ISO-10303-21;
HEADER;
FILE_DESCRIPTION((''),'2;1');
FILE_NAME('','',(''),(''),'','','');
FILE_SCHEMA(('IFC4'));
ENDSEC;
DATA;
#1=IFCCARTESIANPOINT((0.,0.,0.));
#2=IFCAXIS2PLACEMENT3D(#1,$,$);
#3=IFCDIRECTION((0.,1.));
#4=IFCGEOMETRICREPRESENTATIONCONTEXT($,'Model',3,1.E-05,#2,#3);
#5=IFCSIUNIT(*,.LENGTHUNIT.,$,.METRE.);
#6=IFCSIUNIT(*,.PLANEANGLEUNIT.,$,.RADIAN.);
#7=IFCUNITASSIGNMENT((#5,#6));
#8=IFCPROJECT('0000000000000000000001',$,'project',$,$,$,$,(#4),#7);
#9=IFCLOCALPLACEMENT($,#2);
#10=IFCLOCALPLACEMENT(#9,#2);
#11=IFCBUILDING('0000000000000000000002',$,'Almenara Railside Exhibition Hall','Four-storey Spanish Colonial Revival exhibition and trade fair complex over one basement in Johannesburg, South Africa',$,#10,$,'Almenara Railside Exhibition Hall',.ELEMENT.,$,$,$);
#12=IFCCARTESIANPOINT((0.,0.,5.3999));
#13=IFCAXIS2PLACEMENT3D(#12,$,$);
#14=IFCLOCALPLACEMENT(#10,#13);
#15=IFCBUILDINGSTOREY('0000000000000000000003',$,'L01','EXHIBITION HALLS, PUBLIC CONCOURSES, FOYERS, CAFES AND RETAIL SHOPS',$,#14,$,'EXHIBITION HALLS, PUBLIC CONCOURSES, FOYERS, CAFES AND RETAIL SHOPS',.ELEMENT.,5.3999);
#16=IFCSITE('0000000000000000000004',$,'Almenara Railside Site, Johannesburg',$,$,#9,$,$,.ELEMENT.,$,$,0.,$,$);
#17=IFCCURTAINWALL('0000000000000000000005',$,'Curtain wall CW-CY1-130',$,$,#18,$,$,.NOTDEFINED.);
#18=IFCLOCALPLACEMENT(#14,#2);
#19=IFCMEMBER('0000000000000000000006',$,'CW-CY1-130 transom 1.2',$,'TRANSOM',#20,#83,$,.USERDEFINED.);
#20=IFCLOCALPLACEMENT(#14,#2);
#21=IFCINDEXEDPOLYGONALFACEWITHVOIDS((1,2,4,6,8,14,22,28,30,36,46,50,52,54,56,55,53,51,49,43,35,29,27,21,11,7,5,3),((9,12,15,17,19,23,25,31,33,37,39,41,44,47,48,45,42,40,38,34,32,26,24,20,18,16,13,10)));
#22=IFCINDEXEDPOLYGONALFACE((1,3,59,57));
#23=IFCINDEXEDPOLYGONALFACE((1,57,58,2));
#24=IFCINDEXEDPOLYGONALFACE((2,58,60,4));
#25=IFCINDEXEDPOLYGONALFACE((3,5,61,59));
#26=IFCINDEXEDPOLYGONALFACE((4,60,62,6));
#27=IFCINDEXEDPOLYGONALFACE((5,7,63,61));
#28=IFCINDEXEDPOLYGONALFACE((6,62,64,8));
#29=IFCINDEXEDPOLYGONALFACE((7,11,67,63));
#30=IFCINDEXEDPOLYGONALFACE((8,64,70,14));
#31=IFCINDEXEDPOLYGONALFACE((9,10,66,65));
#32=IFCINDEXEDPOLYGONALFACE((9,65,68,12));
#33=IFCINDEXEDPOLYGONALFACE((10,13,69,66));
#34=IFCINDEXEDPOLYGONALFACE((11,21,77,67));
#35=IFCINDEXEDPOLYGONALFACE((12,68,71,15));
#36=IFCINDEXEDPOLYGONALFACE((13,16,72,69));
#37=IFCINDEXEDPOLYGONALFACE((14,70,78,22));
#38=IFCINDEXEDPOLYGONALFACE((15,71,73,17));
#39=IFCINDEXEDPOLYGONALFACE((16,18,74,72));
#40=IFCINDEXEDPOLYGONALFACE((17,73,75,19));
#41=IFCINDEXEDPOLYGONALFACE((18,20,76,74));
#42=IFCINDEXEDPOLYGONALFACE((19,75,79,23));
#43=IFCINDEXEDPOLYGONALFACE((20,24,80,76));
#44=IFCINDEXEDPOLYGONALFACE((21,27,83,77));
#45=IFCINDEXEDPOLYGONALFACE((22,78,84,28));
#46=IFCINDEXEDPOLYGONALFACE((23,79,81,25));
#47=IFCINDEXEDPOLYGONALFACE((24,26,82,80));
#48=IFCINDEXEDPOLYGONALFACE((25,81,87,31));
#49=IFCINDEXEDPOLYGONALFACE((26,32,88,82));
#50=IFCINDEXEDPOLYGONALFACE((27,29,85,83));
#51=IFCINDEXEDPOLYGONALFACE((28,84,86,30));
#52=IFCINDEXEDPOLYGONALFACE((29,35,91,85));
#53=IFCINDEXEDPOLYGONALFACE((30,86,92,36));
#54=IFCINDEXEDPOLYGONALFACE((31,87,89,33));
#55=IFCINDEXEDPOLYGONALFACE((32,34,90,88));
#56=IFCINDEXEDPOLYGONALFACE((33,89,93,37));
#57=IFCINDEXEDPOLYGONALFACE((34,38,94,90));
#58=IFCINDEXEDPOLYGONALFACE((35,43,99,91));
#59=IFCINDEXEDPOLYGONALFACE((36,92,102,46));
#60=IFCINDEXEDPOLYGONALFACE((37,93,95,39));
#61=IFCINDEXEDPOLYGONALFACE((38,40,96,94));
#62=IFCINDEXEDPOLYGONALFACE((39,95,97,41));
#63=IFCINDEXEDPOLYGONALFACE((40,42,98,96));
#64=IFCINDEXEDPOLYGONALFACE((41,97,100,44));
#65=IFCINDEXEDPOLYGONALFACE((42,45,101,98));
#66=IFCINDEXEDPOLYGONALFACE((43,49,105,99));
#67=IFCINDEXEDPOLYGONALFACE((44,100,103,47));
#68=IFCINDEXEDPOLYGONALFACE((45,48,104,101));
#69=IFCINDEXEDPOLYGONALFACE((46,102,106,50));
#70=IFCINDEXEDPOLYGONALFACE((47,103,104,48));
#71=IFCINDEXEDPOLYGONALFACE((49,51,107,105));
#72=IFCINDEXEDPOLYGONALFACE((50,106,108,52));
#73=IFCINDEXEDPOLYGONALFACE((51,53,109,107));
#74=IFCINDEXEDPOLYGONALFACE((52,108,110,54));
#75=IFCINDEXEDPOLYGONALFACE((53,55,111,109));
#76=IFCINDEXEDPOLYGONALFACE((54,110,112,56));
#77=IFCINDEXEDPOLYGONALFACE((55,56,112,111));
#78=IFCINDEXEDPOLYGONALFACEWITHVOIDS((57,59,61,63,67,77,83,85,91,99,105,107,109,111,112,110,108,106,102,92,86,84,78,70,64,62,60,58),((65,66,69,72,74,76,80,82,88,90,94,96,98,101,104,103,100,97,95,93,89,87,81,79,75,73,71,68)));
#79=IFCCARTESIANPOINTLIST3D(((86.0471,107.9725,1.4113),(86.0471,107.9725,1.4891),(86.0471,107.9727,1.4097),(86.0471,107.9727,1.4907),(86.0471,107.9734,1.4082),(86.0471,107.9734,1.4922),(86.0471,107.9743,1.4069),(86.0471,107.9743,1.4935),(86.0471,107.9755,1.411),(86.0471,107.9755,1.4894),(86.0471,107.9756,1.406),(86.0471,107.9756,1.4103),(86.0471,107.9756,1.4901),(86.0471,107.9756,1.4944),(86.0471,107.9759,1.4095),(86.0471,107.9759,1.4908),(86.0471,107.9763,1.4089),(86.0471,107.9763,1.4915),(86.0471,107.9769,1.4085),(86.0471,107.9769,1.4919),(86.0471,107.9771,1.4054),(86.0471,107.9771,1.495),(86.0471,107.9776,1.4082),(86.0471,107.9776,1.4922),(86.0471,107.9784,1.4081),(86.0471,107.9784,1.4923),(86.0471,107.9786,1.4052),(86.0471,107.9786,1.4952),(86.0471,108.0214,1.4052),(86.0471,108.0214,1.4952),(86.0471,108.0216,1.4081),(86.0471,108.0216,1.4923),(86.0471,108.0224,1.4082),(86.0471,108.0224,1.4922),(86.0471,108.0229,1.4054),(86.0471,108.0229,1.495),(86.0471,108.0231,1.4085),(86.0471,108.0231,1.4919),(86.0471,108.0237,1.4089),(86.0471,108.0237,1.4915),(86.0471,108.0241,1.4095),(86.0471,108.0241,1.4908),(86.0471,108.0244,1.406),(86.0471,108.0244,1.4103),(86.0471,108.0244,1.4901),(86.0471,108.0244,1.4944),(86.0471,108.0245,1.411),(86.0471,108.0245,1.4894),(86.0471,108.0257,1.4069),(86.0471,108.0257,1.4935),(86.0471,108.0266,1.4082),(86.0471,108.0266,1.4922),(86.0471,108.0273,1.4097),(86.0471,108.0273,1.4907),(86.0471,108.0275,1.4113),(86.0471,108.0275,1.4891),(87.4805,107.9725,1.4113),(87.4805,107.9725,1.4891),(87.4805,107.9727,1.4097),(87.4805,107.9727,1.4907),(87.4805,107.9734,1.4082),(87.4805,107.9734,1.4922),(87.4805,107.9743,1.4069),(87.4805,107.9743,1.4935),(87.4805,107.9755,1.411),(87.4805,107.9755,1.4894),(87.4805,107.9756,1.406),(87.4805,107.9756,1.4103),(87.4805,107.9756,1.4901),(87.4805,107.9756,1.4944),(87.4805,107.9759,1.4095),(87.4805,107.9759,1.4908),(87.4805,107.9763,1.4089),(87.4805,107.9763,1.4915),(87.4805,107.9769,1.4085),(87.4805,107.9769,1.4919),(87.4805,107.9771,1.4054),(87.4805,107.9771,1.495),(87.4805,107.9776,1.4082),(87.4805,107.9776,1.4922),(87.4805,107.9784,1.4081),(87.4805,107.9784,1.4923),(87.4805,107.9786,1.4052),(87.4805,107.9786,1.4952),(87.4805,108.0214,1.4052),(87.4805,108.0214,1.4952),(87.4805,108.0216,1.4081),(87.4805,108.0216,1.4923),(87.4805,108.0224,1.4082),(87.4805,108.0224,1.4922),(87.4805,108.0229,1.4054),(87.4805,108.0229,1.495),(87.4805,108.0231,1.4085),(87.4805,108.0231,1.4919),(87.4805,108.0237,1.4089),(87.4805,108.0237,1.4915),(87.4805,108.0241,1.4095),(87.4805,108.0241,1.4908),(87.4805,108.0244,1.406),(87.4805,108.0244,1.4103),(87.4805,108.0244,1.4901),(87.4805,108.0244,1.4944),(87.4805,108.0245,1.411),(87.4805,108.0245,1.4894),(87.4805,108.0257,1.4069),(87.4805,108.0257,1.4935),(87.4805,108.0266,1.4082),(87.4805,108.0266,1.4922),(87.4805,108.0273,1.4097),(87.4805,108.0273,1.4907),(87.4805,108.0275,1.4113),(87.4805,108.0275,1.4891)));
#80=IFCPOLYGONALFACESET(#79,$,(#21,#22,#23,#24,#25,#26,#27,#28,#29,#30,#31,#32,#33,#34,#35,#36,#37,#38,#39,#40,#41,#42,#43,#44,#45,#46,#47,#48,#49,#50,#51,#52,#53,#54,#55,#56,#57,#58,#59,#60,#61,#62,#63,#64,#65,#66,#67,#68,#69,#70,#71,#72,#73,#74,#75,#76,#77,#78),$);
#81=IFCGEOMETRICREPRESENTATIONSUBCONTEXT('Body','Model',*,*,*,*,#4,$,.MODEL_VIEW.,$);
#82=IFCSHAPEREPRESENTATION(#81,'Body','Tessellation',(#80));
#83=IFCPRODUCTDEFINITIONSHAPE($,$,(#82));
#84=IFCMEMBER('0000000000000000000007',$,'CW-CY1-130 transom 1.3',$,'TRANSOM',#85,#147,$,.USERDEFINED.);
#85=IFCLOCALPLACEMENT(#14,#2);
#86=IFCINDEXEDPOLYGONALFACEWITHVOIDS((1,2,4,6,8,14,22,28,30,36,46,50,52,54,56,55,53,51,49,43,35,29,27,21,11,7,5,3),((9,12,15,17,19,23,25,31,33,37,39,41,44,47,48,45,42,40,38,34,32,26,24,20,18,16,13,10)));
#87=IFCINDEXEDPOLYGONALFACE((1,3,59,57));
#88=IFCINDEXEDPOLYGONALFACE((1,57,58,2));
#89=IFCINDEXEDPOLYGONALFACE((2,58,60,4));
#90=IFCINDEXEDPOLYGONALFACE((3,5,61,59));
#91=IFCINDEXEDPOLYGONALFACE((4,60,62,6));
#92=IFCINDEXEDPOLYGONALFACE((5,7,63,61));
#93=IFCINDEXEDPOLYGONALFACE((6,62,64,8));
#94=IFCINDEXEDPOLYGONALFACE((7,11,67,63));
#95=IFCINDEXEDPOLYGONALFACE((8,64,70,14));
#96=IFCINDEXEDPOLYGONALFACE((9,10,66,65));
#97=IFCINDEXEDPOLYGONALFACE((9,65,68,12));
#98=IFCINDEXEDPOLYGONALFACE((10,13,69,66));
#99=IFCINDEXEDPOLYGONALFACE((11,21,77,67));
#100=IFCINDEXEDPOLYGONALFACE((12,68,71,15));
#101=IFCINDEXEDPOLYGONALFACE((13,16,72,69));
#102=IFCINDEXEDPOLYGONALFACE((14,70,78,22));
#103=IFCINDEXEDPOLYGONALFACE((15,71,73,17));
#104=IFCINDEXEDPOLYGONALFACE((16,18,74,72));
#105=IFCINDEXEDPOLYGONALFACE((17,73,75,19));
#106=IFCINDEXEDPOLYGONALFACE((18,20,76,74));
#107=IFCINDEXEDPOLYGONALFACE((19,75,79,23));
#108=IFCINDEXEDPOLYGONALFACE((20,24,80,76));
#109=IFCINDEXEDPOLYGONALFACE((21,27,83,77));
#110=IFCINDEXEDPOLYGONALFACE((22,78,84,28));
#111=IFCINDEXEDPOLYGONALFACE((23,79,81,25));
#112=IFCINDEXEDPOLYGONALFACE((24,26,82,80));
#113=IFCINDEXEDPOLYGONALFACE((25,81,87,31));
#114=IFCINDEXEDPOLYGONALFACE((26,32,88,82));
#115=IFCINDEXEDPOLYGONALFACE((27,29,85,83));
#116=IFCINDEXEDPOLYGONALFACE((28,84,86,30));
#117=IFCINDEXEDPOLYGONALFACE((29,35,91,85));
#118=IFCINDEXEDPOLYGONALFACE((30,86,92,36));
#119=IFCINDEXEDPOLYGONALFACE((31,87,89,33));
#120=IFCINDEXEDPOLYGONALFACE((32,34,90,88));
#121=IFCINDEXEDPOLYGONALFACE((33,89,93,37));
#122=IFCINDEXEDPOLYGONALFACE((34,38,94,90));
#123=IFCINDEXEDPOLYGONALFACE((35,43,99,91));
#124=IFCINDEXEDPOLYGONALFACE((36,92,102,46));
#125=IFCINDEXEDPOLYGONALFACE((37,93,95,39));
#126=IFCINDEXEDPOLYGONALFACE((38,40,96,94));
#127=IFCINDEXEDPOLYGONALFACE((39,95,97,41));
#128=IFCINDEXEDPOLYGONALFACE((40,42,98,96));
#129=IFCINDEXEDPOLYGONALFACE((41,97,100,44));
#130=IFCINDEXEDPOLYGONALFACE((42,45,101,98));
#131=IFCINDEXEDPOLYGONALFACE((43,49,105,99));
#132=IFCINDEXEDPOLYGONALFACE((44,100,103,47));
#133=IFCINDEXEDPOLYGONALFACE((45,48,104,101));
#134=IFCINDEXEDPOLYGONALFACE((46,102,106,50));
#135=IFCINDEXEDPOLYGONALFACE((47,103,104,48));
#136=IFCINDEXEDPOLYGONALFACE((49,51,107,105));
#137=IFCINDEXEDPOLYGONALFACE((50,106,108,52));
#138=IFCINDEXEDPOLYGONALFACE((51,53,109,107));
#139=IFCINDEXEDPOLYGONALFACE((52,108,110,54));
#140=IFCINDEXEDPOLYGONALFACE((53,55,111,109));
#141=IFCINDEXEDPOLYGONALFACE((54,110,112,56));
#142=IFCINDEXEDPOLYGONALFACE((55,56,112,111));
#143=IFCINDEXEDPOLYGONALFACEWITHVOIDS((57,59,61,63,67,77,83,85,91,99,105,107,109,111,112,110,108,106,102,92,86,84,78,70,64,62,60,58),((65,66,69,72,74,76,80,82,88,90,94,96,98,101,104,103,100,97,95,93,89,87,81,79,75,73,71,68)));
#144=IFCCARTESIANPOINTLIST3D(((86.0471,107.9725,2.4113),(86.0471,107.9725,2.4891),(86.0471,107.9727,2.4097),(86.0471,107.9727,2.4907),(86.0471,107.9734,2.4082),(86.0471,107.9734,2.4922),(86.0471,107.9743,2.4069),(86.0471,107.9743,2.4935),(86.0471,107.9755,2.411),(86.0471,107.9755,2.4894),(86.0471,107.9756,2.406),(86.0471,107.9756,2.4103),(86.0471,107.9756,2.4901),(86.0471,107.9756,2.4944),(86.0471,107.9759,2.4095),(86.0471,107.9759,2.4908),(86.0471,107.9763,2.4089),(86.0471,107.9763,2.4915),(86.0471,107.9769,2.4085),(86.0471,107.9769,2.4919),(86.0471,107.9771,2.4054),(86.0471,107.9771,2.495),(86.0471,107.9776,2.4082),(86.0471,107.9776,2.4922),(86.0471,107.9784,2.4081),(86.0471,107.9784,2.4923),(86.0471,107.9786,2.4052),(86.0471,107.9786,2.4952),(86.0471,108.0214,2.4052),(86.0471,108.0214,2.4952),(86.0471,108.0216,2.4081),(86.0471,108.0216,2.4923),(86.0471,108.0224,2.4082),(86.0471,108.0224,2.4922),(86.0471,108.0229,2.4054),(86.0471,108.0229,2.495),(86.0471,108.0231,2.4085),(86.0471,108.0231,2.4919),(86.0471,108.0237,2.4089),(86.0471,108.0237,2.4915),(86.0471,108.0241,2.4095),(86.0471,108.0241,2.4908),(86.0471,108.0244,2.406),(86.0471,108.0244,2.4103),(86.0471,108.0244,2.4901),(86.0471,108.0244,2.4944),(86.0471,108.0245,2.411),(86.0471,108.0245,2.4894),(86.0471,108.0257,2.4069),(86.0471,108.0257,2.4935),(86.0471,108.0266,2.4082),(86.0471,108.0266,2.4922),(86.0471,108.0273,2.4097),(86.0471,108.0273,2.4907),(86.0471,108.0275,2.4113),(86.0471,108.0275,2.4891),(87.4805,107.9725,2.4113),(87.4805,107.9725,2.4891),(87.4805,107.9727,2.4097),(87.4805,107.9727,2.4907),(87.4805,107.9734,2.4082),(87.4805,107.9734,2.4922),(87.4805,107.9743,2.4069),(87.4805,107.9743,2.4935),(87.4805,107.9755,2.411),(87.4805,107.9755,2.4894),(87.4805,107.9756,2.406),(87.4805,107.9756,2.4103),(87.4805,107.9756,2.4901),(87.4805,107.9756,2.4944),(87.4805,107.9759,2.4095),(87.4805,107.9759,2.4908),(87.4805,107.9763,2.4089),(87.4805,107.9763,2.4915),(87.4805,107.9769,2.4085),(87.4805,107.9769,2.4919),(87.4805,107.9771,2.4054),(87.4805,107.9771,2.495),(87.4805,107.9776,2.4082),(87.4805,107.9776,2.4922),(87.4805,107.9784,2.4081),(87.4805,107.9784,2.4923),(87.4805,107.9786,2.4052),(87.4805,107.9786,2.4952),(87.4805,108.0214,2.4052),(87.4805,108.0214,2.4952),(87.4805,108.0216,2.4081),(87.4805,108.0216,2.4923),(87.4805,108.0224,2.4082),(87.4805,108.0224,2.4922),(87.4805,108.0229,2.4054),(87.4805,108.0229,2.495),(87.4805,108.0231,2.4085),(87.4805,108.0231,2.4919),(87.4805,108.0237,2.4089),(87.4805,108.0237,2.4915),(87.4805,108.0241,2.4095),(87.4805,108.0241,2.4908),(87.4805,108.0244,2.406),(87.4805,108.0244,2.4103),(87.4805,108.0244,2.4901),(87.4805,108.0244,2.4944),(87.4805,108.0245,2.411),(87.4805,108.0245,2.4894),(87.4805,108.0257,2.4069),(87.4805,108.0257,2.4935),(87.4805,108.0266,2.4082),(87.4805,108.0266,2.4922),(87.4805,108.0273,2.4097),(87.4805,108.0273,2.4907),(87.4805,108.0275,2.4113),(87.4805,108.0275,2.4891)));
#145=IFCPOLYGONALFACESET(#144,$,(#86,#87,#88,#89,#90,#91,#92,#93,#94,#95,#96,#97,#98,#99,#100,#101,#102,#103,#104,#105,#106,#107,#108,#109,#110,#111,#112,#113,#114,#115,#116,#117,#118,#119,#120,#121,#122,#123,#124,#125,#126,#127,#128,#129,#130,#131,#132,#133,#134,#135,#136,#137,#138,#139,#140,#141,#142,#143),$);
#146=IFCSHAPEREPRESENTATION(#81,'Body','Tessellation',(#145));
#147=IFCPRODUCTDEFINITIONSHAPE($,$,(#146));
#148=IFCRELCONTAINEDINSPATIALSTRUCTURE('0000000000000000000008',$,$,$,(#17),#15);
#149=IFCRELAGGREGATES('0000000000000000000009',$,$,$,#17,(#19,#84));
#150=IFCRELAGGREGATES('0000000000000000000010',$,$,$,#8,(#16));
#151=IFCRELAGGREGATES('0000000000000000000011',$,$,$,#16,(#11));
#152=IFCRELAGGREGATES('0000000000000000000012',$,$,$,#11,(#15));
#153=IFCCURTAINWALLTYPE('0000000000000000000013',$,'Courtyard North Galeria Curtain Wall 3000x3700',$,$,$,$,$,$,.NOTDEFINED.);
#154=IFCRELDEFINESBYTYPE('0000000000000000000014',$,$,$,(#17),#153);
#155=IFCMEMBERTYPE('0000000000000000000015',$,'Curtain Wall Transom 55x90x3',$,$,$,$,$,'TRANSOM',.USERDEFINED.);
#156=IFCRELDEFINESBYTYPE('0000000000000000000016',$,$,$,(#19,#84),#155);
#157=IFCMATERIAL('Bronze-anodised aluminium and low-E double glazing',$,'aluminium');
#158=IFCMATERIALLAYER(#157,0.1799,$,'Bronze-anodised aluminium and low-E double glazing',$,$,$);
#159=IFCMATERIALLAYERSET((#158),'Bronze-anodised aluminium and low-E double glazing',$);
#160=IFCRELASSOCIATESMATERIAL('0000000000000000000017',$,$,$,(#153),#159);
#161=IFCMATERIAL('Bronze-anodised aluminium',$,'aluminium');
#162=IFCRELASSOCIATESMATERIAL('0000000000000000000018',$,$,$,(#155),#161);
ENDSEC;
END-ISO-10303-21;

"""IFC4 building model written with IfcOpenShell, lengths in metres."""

from ifc_helpers import new_model, si_unit, direction, frame, origin, origin_2d, place, context, subcontext, project, spatial, hollow_rectangle, extrude, material, layer, layer_set, material_profile, profile_set, type_object, element, aggregate, save


model = new_model("IFC4")

# Units and contexts
model_context = context("Model", 3, precision=1e-05, world=origin(), true_north=direction((0.0, 1.0)))
body_context = subcontext(model_context, "Body", "Model", "MODEL_VIEW")
ifc_project = project(units=[si_unit("LENGTHUNIT", "METRE"), si_unit("PLANEANGLEUNIT", "RADIAN")], contexts=[model_context])

# Site, building, storey
site_placement = place(None, origin())
site = spatial("IfcSite", under=ifc_project, at=site_placement, Name="Almenara Railside Site, Johannesburg", CompositionType="ELEMENT", RefElevation=0.0)
building_placement = place(site_placement, origin())
building = spatial("IfcBuilding", under=site, at=building_placement, Name="Almenara Railside Exhibition Hall", Description="Four-storey Spanish Colonial Revival exhibition and trade fair complex over one basement in Johannesburg, South Africa", LongName="Almenara Railside Exhibition Hall", CompositionType="ELEMENT")
storey_placement = place(building_placement, frame((0.0, 0.0, 5.3999)))
storey = spatial("IfcBuildingStorey", under=building, at=storey_placement, Name="L01", Description="EXHIBITION HALLS, PUBLIC CONCOURSES, FOYERS, CAFES AND RETAIL SHOPS", LongName="EXHIBITION HALLS, PUBLIC CONCOURSES, FOYERS, CAFES AND RETAIL SHOPS", CompositionType="ELEMENT", Elevation=5.3999)

# Curtain wall, members
ifc_material_1 = material(Name="Bronze-anodised aluminium and low-E double glazing", Category="aluminium")
ifc_layer_1 = layer(ifc_material_1, 0.1799, Name="Bronze-anodised aluminium and low-E double glazing")
ifc_layer_set_1 = layer_set([ifc_layer_1], Name="Bronze-anodised aluminium and low-E double glazing")
curtain_wall_type = type_object("IfcCurtainWallType", Name="Courtyard North Galeria Curtain Wall 3000x3700", PredefinedType="NOTDEFINED", material=ifc_layer_set_1)
curtain_wall_placement = place(storey_placement, origin())
curtain_wall = element("IfcCurtainWall", 1, at=curtain_wall_placement, inside=storey, type_object=curtain_wall_type, Name="Curtain wall CW-CY1-130", PredefinedType="NOTDEFINED")
ifc_material_2 = material(Name="Bronze-anodised aluminium", Category="aluminium")
ifc_material_profile_1 = material_profile(ifc_material_2, hollow_rectangle(XDim=0.0549, YDim=0.0901, WallThickness=0.0029, InnerFilletRadius=0.0029, OuterFilletRadius=0.0061, at=origin_2d()), Name="ALU-TRN 55x90x3")
ifc_profile_set_1 = profile_set([ifc_material_profile_1], Name="Bronze-anodised aluminium")
member_type_1 = type_object("IfcMemberType", Name="Curtain Wall Transom 55x90x3", ElementType="TRANSOM", PredefinedType="USERDEFINED", material=ifc_profile_set_1)
member_1_placement = place(storey_placement, frame((86.0471, 108.0, 1.4502), z_axis=(1.0, 0.0, 0.0), x_axis=(0.0, 1.0, 0.0)))
member_1 = element("IfcMember", 2, at=member_1_placement, type_object=member_type_1, Name="CW-CY1-130 transom 1.2", ObjectType="TRANSOM", PredefinedType="USERDEFINED", context=body_context, shape_type="SweptSolid", body=[
    extrude(hollow_rectangle(XDim=0.0549, YDim=0.0901, WallThickness=0.0029, InnerFilletRadius=0.0029, OuterFilletRadius=0.0061, at=origin_2d()), origin(), (0.0, 0.0, 1.0), 1.4333),
])
member_2_placement = place(storey_placement, frame((86.0471, 108.0, 2.4502), z_axis=(1.0, 0.0, 0.0), x_axis=(0.0, 1.0, 0.0)))
member_2 = element("IfcMember", 3, at=member_2_placement, type_object=member_type_1, Name="CW-CY1-130 transom 1.3", ObjectType="TRANSOM", PredefinedType="USERDEFINED", context=body_context, shape_type="SweptSolid", body=[
    extrude(hollow_rectangle(XDim=0.0549, YDim=0.0901, WallThickness=0.0029, InnerFilletRadius=0.0029, OuterFilletRadius=0.0061, at=origin_2d()), origin(), (0.0, 0.0, 1.0), 1.4333),
])

aggregate(curtain_wall, [member_1, member_2])

save(model, "model.ifc")
